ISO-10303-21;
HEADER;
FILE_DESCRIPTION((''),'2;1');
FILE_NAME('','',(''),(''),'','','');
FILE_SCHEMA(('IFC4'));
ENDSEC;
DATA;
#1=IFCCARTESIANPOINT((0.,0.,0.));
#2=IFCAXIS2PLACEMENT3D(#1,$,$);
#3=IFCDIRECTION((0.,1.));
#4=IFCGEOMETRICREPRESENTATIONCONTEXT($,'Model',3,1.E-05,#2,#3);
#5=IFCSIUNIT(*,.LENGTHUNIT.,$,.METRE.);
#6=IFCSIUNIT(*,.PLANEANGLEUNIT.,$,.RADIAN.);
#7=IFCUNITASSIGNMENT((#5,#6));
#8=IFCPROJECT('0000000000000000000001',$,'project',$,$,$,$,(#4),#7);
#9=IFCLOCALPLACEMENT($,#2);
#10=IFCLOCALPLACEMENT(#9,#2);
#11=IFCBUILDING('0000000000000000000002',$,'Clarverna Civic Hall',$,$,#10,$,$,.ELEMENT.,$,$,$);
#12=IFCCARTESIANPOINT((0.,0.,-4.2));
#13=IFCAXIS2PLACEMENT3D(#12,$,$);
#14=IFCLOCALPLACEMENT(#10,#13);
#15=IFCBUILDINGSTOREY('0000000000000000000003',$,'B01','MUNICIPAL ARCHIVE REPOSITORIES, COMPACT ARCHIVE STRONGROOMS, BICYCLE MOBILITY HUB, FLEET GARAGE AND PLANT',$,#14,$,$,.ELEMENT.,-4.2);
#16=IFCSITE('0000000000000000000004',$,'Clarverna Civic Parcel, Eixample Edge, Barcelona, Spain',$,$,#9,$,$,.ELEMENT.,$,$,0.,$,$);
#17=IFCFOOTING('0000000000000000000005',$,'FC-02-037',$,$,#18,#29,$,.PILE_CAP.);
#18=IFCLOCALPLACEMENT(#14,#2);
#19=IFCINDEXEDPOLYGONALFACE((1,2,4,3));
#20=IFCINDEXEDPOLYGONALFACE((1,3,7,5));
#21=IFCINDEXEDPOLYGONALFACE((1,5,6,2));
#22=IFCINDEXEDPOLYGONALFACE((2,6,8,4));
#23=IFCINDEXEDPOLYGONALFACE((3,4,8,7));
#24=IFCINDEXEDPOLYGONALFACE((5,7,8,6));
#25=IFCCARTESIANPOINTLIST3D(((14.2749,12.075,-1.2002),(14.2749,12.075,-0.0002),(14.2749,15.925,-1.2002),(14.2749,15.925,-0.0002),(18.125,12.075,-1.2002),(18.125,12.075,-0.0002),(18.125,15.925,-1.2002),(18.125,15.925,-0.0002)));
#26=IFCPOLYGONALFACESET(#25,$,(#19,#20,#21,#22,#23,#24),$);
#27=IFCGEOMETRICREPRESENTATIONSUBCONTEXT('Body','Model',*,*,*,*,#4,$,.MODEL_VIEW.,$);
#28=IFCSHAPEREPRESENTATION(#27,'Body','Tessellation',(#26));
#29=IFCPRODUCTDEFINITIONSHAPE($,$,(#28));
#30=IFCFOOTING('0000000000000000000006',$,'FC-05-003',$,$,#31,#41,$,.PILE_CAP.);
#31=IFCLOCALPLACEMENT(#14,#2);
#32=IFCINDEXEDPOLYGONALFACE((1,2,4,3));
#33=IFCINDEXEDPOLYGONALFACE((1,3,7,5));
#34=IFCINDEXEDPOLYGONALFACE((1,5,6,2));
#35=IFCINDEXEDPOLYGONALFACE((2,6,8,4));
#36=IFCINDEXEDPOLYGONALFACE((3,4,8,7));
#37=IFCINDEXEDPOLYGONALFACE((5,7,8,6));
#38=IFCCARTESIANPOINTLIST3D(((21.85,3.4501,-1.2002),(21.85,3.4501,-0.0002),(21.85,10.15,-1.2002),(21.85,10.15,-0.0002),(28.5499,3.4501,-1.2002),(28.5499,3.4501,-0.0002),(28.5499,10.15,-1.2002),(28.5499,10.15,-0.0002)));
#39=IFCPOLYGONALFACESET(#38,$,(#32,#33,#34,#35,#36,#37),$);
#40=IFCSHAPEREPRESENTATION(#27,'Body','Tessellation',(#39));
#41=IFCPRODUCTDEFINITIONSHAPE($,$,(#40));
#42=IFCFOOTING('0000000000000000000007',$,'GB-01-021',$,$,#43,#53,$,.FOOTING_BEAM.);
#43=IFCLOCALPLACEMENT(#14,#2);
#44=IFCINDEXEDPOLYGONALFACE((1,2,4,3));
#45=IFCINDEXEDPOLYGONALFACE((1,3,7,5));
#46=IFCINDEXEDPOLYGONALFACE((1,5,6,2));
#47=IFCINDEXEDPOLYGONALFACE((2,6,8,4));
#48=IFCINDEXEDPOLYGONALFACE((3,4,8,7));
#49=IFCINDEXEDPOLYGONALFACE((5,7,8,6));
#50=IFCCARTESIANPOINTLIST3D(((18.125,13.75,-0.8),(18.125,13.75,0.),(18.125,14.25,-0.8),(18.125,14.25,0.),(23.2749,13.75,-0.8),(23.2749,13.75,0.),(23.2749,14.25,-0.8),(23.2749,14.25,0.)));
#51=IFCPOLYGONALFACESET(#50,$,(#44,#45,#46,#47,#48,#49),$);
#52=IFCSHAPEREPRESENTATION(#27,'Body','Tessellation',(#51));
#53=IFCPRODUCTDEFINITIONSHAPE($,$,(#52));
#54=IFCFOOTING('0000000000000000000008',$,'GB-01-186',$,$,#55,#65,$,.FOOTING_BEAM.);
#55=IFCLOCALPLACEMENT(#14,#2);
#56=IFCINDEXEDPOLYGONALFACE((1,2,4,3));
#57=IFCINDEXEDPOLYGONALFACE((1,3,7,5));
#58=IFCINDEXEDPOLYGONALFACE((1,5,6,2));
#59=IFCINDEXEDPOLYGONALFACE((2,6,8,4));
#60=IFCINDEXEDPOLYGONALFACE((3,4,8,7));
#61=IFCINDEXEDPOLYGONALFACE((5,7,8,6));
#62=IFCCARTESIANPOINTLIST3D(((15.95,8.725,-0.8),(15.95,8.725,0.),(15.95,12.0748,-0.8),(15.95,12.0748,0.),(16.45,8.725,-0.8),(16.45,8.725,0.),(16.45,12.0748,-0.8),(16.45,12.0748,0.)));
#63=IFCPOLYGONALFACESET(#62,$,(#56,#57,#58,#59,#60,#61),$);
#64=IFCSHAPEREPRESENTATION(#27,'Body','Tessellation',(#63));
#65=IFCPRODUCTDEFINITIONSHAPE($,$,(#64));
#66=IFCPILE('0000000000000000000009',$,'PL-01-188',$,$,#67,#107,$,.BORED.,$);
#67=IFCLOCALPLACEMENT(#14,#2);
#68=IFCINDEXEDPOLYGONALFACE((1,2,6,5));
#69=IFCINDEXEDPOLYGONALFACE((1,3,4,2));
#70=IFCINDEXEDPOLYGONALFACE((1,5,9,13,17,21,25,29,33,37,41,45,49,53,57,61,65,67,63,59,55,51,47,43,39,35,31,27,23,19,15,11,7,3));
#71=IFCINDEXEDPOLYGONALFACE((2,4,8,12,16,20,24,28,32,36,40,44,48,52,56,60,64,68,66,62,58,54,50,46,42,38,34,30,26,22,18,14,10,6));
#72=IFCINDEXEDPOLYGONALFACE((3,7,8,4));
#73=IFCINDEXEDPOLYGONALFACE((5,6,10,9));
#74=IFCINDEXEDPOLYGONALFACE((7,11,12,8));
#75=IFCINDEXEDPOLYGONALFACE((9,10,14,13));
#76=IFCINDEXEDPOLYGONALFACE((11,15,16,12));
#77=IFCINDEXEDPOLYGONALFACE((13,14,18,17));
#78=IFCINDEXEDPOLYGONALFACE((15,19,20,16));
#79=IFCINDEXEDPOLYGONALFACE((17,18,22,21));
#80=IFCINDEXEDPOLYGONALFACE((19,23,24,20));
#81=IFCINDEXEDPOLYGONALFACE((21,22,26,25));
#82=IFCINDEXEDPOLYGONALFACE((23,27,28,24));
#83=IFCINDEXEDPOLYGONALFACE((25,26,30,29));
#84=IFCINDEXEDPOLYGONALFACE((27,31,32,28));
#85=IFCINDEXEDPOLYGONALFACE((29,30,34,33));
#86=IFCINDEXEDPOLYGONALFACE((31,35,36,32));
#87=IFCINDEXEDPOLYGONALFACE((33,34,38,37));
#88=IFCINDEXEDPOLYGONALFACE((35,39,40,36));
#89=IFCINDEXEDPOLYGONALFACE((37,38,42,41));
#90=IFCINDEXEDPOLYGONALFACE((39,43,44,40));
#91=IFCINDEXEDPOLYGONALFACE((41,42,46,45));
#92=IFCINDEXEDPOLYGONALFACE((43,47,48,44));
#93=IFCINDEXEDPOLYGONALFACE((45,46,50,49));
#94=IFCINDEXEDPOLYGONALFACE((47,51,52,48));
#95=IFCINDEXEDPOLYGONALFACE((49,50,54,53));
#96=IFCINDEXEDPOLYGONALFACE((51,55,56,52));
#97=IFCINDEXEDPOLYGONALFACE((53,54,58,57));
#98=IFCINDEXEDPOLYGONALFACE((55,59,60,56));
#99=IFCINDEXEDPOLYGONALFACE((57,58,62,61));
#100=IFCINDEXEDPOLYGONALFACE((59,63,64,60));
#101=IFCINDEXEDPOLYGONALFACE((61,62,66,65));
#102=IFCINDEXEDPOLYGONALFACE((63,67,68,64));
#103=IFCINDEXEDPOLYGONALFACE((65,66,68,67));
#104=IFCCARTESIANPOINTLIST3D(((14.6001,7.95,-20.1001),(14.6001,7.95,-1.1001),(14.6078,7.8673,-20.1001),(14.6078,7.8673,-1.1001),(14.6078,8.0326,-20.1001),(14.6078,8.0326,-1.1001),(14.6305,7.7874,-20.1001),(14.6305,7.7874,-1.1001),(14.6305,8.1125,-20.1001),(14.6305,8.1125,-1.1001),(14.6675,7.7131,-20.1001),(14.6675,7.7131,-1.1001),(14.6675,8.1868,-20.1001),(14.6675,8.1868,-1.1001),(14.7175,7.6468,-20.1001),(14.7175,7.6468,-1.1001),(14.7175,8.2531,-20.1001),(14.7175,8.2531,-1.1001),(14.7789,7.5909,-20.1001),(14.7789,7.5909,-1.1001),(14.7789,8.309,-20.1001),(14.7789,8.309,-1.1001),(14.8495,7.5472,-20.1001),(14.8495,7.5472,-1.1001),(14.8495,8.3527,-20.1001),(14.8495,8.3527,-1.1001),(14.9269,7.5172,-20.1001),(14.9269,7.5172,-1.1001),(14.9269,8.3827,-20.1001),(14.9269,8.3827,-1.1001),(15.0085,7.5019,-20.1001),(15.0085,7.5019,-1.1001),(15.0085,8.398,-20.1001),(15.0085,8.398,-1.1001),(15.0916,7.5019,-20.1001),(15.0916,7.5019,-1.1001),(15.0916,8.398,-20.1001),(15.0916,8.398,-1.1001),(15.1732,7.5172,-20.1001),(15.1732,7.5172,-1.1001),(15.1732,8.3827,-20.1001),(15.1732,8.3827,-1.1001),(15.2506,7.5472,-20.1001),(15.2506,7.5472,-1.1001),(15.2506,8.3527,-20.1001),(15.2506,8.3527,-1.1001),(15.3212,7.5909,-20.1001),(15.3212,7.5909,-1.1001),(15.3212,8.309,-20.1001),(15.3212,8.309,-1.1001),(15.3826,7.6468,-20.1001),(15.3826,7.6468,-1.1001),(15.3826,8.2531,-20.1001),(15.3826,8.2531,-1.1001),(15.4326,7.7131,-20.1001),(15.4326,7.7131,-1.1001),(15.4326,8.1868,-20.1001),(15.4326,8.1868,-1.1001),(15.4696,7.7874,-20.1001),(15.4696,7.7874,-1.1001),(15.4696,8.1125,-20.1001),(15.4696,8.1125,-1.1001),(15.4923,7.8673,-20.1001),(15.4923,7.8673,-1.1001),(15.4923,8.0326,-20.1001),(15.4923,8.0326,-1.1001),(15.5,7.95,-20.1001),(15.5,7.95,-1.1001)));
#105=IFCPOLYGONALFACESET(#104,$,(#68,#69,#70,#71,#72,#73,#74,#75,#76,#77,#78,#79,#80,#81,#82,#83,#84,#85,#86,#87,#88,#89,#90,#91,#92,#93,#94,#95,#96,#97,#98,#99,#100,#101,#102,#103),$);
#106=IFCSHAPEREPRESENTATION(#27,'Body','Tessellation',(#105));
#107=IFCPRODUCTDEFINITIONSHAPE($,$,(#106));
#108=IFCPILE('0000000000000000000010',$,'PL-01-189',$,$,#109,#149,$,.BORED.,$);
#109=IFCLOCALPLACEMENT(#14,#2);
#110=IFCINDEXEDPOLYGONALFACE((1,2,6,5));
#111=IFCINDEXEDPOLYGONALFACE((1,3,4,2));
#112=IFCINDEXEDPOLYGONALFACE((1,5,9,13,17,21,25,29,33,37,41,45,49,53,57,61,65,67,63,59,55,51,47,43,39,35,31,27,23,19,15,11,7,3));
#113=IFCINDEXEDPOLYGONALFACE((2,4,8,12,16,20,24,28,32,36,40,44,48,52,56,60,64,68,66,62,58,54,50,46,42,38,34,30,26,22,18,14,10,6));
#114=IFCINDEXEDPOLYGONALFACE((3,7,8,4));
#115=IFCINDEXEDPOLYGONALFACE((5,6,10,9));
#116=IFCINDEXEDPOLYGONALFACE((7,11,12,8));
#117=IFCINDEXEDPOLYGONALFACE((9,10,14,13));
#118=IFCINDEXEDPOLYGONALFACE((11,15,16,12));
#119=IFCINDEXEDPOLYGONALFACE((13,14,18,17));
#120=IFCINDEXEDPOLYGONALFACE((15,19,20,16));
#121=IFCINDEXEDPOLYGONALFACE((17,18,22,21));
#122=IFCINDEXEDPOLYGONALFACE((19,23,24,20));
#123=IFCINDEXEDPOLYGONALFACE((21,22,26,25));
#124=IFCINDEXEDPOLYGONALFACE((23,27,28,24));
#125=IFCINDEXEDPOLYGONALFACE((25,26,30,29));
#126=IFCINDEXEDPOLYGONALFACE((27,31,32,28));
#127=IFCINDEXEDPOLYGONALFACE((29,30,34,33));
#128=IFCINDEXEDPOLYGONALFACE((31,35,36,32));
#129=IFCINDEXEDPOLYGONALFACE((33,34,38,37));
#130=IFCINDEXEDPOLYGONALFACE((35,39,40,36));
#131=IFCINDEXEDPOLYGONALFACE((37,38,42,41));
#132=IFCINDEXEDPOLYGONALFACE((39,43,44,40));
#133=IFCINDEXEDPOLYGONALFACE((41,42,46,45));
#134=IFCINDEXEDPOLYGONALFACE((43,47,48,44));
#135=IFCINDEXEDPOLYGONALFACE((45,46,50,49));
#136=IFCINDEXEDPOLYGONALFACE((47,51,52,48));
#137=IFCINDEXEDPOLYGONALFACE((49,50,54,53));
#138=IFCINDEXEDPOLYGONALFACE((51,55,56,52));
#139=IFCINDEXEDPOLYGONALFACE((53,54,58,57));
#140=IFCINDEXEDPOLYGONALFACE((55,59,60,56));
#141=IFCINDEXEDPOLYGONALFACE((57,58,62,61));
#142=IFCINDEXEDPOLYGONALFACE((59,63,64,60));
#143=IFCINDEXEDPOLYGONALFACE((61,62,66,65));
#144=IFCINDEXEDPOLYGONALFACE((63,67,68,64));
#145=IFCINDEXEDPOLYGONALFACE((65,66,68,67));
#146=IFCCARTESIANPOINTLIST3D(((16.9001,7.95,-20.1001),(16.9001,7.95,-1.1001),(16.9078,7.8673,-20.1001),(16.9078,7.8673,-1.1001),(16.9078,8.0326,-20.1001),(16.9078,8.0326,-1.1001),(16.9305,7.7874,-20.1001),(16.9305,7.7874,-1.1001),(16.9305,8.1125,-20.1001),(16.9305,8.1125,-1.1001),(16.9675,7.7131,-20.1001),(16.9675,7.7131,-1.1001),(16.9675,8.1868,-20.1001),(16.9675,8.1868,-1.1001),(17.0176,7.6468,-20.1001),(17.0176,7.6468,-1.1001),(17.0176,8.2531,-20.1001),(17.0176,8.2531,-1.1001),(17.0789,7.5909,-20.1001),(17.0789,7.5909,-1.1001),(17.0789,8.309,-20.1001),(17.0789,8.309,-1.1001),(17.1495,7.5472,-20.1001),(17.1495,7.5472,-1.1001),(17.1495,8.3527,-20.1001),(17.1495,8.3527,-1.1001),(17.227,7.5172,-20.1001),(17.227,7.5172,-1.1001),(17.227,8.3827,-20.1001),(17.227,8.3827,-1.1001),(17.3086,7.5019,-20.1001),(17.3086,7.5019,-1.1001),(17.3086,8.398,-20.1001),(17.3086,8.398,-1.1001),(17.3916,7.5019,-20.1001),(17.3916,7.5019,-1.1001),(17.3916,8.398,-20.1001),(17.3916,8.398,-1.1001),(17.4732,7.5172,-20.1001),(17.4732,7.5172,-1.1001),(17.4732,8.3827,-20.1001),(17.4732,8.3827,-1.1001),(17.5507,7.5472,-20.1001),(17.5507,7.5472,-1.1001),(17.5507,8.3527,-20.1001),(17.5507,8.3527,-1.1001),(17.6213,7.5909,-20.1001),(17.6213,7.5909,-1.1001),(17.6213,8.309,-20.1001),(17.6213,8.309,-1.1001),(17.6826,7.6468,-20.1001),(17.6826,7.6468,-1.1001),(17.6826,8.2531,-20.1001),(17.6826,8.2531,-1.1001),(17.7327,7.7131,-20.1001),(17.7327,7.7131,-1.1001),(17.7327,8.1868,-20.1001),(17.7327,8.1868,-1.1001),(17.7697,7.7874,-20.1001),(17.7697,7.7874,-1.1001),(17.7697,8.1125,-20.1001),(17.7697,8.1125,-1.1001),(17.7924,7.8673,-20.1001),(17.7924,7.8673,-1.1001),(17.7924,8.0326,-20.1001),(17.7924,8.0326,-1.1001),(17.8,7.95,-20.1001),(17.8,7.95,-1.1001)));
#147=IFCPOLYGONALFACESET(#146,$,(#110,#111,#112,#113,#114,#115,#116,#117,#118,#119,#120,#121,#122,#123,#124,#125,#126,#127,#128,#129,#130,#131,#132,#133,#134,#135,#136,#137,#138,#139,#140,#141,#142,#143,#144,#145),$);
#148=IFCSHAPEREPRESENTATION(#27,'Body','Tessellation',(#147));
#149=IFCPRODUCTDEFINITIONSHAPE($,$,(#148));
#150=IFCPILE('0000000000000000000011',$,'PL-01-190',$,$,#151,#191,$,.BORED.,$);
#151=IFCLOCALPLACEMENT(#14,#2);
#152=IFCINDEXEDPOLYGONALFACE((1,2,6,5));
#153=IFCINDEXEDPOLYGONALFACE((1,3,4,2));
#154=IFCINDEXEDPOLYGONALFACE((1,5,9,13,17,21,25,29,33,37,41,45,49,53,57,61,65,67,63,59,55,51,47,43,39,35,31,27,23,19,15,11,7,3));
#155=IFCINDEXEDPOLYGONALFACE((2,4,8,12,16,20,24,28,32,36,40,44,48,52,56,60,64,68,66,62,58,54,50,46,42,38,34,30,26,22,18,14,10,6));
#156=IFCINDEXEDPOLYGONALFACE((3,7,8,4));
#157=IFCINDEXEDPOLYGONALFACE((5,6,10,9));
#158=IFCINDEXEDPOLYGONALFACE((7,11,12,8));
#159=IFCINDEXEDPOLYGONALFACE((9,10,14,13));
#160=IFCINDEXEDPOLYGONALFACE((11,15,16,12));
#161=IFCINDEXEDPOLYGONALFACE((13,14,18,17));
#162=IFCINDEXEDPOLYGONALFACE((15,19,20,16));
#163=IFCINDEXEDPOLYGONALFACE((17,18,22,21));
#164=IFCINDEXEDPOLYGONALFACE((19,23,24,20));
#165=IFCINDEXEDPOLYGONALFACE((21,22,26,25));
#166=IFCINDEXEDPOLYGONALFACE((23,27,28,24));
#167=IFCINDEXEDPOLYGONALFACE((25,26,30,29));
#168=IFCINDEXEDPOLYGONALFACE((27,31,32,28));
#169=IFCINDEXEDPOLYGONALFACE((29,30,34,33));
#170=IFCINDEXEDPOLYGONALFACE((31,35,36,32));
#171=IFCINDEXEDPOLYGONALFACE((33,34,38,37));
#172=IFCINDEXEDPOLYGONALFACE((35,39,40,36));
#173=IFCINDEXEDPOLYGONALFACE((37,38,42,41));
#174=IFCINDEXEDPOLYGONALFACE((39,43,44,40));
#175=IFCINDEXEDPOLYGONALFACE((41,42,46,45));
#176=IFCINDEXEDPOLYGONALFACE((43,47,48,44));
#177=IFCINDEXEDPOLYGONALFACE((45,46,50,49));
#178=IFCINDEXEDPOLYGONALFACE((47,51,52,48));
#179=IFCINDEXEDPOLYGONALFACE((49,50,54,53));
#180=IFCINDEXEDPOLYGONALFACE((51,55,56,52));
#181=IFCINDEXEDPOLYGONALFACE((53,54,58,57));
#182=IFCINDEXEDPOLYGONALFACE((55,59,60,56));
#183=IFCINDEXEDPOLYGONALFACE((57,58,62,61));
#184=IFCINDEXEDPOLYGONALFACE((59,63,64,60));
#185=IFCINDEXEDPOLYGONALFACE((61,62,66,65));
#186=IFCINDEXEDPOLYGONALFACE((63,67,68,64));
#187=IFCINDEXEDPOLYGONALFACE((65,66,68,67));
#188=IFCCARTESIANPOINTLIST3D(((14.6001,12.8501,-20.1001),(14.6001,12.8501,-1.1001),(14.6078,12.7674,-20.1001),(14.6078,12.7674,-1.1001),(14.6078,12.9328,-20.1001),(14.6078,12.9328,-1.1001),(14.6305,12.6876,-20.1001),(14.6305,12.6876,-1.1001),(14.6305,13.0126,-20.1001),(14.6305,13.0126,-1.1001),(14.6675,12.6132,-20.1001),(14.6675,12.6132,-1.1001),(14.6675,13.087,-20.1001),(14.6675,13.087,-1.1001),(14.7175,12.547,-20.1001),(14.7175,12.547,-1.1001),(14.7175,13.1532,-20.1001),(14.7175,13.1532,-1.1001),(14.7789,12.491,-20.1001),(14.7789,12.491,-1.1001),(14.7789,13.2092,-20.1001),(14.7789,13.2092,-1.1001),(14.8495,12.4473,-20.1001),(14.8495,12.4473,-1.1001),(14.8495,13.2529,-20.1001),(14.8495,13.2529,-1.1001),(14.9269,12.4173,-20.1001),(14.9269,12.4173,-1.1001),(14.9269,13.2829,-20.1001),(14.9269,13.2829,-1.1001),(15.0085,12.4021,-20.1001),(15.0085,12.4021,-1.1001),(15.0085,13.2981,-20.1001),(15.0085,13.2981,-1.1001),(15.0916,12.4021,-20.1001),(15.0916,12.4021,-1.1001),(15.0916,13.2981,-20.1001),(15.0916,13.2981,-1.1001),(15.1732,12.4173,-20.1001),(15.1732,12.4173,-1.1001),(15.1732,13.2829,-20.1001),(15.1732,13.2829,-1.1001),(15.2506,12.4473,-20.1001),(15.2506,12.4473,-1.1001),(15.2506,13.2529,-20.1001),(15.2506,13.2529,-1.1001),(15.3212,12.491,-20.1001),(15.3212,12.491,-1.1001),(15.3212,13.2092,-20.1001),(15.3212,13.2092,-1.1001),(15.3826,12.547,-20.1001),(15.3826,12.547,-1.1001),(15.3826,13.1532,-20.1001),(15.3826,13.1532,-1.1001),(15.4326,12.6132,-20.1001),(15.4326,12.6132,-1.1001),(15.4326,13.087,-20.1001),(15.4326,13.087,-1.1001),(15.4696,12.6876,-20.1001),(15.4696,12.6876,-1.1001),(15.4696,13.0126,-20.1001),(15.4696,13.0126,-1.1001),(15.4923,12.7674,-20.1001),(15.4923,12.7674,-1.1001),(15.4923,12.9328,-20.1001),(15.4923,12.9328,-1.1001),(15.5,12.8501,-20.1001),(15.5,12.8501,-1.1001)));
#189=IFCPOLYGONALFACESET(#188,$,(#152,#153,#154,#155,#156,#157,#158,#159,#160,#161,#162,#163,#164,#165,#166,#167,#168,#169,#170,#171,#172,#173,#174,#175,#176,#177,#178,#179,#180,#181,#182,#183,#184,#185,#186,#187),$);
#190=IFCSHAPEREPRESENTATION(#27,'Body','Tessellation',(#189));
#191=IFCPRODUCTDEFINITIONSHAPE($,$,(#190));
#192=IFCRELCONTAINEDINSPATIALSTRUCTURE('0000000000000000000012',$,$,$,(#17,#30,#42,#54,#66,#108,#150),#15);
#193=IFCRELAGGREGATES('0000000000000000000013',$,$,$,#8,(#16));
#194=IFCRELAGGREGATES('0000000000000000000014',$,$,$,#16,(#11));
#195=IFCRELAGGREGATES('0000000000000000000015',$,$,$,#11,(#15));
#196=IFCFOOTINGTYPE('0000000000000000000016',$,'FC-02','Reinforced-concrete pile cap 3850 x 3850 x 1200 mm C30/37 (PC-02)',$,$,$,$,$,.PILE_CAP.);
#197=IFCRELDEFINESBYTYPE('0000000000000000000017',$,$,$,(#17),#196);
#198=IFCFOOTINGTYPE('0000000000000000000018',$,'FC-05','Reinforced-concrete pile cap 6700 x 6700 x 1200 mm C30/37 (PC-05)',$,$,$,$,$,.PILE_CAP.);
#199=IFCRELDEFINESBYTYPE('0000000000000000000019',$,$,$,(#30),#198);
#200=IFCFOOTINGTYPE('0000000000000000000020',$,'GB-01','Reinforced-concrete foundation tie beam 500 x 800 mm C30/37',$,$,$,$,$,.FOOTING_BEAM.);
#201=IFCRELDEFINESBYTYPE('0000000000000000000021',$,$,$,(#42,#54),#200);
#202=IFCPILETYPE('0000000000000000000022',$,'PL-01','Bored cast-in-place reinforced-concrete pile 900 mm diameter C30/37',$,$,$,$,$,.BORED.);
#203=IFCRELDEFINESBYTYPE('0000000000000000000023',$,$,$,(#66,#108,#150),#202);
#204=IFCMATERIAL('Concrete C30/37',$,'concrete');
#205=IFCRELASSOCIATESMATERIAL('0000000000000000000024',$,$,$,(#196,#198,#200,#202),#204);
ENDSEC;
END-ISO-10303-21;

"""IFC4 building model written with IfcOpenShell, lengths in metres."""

from ifc_helpers import new_model, si_unit, direction, frame, frame_2d, origin, origin_2d, place, context, subcontext, project, spatial, rectangle, circle, extrude, material, material_profile, profile_set, type_object, element, save


model = new_model("IFC4")

# Units and contexts
model_context = context("Model", 3, precision=1e-05, world=origin(), true_north=direction((0.0, 1.0)))
body_context = subcontext(model_context, "Body", "Model", "MODEL_VIEW")
ifc_project = project(units=[si_unit("LENGTHUNIT", "METRE"), si_unit("PLANEANGLEUNIT", "RADIAN")], contexts=[model_context])

# Site, building, storey
site_placement = place(None, origin())
site = spatial("IfcSite", under=ifc_project, at=site_placement, Name="Clarverna Civic Parcel, Eixample Edge, Barcelona, Spain", CompositionType="ELEMENT", RefElevation=0.0)
building_placement = place(site_placement, origin())
building = spatial("IfcBuilding", under=site, at=building_placement, Name="Clarverna Civic Hall", CompositionType="ELEMENT")
storey_placement = place(building_placement, frame((0.0, 0.0, -4.2)))
storey = spatial("IfcBuildingStorey", under=building, at=storey_placement, Name="B01", Description="MUNICIPAL ARCHIVE REPOSITORIES, COMPACT ARCHIVE STRONGROOMS, BICYCLE MOBILITY HUB, FLEET GARAGE AND PLANT", CompositionType="ELEMENT", Elevation=-4.2)

# Footings
ifc_material_1 = material(Name="Concrete C30/37", Category="concrete")
footing_type_1 = type_object("IfcFootingType", Name="FC-02", Description="Reinforced-concrete pile cap 3850 x 3850 x 1200 mm C30/37 (PC-02)", PredefinedType="PILE_CAP", material=ifc_material_1)
footing_1_placement = place(storey_placement, frame((16.2, 14.0, -1.2002), z_axis=(0.0, 0.0, 1.0), x_axis=(1.0, 0.0, 0.0)))
element("IfcFooting", 1, at=footing_1_placement, inside=storey, type_object=footing_type_1, Name="FC-02-037", PredefinedType="PILE_CAP", context=body_context, shape_type="SweptSolid", body=[
    extrude(rectangle(XDim=3.8501, YDim=3.8501, at=origin_2d()), origin(), (0.0, 0.0, 1.0), 1.2),
])
footing_type_2 = type_object("IfcFootingType", Name="FC-05", Description="Reinforced-concrete pile cap 6700 x 6700 x 1200 mm C30/37 (PC-05)", PredefinedType="PILE_CAP", material=ifc_material_1)
footing_2_placement = place(storey_placement, frame((25.2, 6.8, -1.2002), z_axis=(0.0, 0.0, 1.0), x_axis=(1.0, 0.0, 0.0)))
element("IfcFooting", 2, at=footing_2_placement, inside=storey, type_object=footing_type_2, Name="FC-05-003", PredefinedType="PILE_CAP", context=body_context, shape_type="SweptSolid", body=[
    extrude(rectangle(XDim=6.7, YDim=6.7, at=origin_2d()), origin(), (0.0, 0.0, 1.0), 1.2),
])
footing_type_3 = type_object("IfcFootingType", Name="GB-01", Description="Reinforced-concrete foundation tie beam 500 x 800 mm C30/37", PredefinedType="FOOTING_BEAM", material=ifc_material_1)
footing_3_placement = place(storey_placement, frame((18.125, 14.0, -0.8), z_axis=(0.0, 0.0, 1.0), x_axis=(1.0, 0.0, 0.0)))
element("IfcFooting", 3, at=footing_3_placement, inside=storey, type_object=footing_type_3, Name="GB-01-021", PredefinedType="FOOTING_BEAM", context=body_context, shape_type="SweptSolid", body=[
    extrude(rectangle(XDim=5.1499, YDim=0.5, at=frame_2d((2.575, 0.0))), origin(), (0.0, 0.0, 1.0), 0.8),
])
footing_4_placement = place(storey_placement, frame((16.2, 8.7251, -0.8), z_axis=(0.0, 0.0, 1.0), x_axis=(0.0, 1.0, 0.0)))
element("IfcFooting", 4, at=footing_4_placement, inside=storey, type_object=footing_type_3, Name="GB-01-186", PredefinedType="FOOTING_BEAM", context=body_context, shape_type="SweptSolid", body=[
    extrude(rectangle(XDim=3.3499, YDim=0.5, at=frame_2d((1.6748, 0.0))), origin(), (0.0, 0.0, 1.0), 0.8),
])

# Piles
ifc_material_profile_1 = material_profile(ifc_material_1, circle(Radius=0.45, at=origin_2d()), Name="BORED PILE D900")
ifc_profile_set_1 = profile_set([ifc_material_profile_1], Name="Concrete C30/37")
pile_type_1 = type_object("IfcPileType", Name="PL-01", Description="Bored cast-in-place reinforced-concrete pile 900 mm diameter C30/37", PredefinedType="BORED", material=ifc_profile_set_1)
for number, where, z_axis, x_axis, name in (
    (5, (15.05, 7.95, -1.1001), (0.0, 0.0, -1.0), (1.0, 0.0, 0.0), "PL-01-188"),
    (6, (17.3501, 7.95, -1.1001), (0.0, 0.0, -1.0), (1.0, 0.0, 0.0), "PL-01-189"),
    (7, (15.05, 12.8501, -1.1001), (0.0, 0.0, -1.0), (1.0, 0.0, 0.0), "PL-01-190"),
):
    element("IfcPile", number, at=place(storey_placement, frame(where, z_axis=z_axis, x_axis=x_axis)), inside=storey, type_object=pile_type_1, Name=name, PredefinedType="BORED", context=body_context, shape_type="SweptSolid", body=[
        extrude(circle(Radius=0.45, at=origin_2d()), origin(), (0.0, 0.0, 1.0), 19.0),
    ])

save(model, "model.ifc")
